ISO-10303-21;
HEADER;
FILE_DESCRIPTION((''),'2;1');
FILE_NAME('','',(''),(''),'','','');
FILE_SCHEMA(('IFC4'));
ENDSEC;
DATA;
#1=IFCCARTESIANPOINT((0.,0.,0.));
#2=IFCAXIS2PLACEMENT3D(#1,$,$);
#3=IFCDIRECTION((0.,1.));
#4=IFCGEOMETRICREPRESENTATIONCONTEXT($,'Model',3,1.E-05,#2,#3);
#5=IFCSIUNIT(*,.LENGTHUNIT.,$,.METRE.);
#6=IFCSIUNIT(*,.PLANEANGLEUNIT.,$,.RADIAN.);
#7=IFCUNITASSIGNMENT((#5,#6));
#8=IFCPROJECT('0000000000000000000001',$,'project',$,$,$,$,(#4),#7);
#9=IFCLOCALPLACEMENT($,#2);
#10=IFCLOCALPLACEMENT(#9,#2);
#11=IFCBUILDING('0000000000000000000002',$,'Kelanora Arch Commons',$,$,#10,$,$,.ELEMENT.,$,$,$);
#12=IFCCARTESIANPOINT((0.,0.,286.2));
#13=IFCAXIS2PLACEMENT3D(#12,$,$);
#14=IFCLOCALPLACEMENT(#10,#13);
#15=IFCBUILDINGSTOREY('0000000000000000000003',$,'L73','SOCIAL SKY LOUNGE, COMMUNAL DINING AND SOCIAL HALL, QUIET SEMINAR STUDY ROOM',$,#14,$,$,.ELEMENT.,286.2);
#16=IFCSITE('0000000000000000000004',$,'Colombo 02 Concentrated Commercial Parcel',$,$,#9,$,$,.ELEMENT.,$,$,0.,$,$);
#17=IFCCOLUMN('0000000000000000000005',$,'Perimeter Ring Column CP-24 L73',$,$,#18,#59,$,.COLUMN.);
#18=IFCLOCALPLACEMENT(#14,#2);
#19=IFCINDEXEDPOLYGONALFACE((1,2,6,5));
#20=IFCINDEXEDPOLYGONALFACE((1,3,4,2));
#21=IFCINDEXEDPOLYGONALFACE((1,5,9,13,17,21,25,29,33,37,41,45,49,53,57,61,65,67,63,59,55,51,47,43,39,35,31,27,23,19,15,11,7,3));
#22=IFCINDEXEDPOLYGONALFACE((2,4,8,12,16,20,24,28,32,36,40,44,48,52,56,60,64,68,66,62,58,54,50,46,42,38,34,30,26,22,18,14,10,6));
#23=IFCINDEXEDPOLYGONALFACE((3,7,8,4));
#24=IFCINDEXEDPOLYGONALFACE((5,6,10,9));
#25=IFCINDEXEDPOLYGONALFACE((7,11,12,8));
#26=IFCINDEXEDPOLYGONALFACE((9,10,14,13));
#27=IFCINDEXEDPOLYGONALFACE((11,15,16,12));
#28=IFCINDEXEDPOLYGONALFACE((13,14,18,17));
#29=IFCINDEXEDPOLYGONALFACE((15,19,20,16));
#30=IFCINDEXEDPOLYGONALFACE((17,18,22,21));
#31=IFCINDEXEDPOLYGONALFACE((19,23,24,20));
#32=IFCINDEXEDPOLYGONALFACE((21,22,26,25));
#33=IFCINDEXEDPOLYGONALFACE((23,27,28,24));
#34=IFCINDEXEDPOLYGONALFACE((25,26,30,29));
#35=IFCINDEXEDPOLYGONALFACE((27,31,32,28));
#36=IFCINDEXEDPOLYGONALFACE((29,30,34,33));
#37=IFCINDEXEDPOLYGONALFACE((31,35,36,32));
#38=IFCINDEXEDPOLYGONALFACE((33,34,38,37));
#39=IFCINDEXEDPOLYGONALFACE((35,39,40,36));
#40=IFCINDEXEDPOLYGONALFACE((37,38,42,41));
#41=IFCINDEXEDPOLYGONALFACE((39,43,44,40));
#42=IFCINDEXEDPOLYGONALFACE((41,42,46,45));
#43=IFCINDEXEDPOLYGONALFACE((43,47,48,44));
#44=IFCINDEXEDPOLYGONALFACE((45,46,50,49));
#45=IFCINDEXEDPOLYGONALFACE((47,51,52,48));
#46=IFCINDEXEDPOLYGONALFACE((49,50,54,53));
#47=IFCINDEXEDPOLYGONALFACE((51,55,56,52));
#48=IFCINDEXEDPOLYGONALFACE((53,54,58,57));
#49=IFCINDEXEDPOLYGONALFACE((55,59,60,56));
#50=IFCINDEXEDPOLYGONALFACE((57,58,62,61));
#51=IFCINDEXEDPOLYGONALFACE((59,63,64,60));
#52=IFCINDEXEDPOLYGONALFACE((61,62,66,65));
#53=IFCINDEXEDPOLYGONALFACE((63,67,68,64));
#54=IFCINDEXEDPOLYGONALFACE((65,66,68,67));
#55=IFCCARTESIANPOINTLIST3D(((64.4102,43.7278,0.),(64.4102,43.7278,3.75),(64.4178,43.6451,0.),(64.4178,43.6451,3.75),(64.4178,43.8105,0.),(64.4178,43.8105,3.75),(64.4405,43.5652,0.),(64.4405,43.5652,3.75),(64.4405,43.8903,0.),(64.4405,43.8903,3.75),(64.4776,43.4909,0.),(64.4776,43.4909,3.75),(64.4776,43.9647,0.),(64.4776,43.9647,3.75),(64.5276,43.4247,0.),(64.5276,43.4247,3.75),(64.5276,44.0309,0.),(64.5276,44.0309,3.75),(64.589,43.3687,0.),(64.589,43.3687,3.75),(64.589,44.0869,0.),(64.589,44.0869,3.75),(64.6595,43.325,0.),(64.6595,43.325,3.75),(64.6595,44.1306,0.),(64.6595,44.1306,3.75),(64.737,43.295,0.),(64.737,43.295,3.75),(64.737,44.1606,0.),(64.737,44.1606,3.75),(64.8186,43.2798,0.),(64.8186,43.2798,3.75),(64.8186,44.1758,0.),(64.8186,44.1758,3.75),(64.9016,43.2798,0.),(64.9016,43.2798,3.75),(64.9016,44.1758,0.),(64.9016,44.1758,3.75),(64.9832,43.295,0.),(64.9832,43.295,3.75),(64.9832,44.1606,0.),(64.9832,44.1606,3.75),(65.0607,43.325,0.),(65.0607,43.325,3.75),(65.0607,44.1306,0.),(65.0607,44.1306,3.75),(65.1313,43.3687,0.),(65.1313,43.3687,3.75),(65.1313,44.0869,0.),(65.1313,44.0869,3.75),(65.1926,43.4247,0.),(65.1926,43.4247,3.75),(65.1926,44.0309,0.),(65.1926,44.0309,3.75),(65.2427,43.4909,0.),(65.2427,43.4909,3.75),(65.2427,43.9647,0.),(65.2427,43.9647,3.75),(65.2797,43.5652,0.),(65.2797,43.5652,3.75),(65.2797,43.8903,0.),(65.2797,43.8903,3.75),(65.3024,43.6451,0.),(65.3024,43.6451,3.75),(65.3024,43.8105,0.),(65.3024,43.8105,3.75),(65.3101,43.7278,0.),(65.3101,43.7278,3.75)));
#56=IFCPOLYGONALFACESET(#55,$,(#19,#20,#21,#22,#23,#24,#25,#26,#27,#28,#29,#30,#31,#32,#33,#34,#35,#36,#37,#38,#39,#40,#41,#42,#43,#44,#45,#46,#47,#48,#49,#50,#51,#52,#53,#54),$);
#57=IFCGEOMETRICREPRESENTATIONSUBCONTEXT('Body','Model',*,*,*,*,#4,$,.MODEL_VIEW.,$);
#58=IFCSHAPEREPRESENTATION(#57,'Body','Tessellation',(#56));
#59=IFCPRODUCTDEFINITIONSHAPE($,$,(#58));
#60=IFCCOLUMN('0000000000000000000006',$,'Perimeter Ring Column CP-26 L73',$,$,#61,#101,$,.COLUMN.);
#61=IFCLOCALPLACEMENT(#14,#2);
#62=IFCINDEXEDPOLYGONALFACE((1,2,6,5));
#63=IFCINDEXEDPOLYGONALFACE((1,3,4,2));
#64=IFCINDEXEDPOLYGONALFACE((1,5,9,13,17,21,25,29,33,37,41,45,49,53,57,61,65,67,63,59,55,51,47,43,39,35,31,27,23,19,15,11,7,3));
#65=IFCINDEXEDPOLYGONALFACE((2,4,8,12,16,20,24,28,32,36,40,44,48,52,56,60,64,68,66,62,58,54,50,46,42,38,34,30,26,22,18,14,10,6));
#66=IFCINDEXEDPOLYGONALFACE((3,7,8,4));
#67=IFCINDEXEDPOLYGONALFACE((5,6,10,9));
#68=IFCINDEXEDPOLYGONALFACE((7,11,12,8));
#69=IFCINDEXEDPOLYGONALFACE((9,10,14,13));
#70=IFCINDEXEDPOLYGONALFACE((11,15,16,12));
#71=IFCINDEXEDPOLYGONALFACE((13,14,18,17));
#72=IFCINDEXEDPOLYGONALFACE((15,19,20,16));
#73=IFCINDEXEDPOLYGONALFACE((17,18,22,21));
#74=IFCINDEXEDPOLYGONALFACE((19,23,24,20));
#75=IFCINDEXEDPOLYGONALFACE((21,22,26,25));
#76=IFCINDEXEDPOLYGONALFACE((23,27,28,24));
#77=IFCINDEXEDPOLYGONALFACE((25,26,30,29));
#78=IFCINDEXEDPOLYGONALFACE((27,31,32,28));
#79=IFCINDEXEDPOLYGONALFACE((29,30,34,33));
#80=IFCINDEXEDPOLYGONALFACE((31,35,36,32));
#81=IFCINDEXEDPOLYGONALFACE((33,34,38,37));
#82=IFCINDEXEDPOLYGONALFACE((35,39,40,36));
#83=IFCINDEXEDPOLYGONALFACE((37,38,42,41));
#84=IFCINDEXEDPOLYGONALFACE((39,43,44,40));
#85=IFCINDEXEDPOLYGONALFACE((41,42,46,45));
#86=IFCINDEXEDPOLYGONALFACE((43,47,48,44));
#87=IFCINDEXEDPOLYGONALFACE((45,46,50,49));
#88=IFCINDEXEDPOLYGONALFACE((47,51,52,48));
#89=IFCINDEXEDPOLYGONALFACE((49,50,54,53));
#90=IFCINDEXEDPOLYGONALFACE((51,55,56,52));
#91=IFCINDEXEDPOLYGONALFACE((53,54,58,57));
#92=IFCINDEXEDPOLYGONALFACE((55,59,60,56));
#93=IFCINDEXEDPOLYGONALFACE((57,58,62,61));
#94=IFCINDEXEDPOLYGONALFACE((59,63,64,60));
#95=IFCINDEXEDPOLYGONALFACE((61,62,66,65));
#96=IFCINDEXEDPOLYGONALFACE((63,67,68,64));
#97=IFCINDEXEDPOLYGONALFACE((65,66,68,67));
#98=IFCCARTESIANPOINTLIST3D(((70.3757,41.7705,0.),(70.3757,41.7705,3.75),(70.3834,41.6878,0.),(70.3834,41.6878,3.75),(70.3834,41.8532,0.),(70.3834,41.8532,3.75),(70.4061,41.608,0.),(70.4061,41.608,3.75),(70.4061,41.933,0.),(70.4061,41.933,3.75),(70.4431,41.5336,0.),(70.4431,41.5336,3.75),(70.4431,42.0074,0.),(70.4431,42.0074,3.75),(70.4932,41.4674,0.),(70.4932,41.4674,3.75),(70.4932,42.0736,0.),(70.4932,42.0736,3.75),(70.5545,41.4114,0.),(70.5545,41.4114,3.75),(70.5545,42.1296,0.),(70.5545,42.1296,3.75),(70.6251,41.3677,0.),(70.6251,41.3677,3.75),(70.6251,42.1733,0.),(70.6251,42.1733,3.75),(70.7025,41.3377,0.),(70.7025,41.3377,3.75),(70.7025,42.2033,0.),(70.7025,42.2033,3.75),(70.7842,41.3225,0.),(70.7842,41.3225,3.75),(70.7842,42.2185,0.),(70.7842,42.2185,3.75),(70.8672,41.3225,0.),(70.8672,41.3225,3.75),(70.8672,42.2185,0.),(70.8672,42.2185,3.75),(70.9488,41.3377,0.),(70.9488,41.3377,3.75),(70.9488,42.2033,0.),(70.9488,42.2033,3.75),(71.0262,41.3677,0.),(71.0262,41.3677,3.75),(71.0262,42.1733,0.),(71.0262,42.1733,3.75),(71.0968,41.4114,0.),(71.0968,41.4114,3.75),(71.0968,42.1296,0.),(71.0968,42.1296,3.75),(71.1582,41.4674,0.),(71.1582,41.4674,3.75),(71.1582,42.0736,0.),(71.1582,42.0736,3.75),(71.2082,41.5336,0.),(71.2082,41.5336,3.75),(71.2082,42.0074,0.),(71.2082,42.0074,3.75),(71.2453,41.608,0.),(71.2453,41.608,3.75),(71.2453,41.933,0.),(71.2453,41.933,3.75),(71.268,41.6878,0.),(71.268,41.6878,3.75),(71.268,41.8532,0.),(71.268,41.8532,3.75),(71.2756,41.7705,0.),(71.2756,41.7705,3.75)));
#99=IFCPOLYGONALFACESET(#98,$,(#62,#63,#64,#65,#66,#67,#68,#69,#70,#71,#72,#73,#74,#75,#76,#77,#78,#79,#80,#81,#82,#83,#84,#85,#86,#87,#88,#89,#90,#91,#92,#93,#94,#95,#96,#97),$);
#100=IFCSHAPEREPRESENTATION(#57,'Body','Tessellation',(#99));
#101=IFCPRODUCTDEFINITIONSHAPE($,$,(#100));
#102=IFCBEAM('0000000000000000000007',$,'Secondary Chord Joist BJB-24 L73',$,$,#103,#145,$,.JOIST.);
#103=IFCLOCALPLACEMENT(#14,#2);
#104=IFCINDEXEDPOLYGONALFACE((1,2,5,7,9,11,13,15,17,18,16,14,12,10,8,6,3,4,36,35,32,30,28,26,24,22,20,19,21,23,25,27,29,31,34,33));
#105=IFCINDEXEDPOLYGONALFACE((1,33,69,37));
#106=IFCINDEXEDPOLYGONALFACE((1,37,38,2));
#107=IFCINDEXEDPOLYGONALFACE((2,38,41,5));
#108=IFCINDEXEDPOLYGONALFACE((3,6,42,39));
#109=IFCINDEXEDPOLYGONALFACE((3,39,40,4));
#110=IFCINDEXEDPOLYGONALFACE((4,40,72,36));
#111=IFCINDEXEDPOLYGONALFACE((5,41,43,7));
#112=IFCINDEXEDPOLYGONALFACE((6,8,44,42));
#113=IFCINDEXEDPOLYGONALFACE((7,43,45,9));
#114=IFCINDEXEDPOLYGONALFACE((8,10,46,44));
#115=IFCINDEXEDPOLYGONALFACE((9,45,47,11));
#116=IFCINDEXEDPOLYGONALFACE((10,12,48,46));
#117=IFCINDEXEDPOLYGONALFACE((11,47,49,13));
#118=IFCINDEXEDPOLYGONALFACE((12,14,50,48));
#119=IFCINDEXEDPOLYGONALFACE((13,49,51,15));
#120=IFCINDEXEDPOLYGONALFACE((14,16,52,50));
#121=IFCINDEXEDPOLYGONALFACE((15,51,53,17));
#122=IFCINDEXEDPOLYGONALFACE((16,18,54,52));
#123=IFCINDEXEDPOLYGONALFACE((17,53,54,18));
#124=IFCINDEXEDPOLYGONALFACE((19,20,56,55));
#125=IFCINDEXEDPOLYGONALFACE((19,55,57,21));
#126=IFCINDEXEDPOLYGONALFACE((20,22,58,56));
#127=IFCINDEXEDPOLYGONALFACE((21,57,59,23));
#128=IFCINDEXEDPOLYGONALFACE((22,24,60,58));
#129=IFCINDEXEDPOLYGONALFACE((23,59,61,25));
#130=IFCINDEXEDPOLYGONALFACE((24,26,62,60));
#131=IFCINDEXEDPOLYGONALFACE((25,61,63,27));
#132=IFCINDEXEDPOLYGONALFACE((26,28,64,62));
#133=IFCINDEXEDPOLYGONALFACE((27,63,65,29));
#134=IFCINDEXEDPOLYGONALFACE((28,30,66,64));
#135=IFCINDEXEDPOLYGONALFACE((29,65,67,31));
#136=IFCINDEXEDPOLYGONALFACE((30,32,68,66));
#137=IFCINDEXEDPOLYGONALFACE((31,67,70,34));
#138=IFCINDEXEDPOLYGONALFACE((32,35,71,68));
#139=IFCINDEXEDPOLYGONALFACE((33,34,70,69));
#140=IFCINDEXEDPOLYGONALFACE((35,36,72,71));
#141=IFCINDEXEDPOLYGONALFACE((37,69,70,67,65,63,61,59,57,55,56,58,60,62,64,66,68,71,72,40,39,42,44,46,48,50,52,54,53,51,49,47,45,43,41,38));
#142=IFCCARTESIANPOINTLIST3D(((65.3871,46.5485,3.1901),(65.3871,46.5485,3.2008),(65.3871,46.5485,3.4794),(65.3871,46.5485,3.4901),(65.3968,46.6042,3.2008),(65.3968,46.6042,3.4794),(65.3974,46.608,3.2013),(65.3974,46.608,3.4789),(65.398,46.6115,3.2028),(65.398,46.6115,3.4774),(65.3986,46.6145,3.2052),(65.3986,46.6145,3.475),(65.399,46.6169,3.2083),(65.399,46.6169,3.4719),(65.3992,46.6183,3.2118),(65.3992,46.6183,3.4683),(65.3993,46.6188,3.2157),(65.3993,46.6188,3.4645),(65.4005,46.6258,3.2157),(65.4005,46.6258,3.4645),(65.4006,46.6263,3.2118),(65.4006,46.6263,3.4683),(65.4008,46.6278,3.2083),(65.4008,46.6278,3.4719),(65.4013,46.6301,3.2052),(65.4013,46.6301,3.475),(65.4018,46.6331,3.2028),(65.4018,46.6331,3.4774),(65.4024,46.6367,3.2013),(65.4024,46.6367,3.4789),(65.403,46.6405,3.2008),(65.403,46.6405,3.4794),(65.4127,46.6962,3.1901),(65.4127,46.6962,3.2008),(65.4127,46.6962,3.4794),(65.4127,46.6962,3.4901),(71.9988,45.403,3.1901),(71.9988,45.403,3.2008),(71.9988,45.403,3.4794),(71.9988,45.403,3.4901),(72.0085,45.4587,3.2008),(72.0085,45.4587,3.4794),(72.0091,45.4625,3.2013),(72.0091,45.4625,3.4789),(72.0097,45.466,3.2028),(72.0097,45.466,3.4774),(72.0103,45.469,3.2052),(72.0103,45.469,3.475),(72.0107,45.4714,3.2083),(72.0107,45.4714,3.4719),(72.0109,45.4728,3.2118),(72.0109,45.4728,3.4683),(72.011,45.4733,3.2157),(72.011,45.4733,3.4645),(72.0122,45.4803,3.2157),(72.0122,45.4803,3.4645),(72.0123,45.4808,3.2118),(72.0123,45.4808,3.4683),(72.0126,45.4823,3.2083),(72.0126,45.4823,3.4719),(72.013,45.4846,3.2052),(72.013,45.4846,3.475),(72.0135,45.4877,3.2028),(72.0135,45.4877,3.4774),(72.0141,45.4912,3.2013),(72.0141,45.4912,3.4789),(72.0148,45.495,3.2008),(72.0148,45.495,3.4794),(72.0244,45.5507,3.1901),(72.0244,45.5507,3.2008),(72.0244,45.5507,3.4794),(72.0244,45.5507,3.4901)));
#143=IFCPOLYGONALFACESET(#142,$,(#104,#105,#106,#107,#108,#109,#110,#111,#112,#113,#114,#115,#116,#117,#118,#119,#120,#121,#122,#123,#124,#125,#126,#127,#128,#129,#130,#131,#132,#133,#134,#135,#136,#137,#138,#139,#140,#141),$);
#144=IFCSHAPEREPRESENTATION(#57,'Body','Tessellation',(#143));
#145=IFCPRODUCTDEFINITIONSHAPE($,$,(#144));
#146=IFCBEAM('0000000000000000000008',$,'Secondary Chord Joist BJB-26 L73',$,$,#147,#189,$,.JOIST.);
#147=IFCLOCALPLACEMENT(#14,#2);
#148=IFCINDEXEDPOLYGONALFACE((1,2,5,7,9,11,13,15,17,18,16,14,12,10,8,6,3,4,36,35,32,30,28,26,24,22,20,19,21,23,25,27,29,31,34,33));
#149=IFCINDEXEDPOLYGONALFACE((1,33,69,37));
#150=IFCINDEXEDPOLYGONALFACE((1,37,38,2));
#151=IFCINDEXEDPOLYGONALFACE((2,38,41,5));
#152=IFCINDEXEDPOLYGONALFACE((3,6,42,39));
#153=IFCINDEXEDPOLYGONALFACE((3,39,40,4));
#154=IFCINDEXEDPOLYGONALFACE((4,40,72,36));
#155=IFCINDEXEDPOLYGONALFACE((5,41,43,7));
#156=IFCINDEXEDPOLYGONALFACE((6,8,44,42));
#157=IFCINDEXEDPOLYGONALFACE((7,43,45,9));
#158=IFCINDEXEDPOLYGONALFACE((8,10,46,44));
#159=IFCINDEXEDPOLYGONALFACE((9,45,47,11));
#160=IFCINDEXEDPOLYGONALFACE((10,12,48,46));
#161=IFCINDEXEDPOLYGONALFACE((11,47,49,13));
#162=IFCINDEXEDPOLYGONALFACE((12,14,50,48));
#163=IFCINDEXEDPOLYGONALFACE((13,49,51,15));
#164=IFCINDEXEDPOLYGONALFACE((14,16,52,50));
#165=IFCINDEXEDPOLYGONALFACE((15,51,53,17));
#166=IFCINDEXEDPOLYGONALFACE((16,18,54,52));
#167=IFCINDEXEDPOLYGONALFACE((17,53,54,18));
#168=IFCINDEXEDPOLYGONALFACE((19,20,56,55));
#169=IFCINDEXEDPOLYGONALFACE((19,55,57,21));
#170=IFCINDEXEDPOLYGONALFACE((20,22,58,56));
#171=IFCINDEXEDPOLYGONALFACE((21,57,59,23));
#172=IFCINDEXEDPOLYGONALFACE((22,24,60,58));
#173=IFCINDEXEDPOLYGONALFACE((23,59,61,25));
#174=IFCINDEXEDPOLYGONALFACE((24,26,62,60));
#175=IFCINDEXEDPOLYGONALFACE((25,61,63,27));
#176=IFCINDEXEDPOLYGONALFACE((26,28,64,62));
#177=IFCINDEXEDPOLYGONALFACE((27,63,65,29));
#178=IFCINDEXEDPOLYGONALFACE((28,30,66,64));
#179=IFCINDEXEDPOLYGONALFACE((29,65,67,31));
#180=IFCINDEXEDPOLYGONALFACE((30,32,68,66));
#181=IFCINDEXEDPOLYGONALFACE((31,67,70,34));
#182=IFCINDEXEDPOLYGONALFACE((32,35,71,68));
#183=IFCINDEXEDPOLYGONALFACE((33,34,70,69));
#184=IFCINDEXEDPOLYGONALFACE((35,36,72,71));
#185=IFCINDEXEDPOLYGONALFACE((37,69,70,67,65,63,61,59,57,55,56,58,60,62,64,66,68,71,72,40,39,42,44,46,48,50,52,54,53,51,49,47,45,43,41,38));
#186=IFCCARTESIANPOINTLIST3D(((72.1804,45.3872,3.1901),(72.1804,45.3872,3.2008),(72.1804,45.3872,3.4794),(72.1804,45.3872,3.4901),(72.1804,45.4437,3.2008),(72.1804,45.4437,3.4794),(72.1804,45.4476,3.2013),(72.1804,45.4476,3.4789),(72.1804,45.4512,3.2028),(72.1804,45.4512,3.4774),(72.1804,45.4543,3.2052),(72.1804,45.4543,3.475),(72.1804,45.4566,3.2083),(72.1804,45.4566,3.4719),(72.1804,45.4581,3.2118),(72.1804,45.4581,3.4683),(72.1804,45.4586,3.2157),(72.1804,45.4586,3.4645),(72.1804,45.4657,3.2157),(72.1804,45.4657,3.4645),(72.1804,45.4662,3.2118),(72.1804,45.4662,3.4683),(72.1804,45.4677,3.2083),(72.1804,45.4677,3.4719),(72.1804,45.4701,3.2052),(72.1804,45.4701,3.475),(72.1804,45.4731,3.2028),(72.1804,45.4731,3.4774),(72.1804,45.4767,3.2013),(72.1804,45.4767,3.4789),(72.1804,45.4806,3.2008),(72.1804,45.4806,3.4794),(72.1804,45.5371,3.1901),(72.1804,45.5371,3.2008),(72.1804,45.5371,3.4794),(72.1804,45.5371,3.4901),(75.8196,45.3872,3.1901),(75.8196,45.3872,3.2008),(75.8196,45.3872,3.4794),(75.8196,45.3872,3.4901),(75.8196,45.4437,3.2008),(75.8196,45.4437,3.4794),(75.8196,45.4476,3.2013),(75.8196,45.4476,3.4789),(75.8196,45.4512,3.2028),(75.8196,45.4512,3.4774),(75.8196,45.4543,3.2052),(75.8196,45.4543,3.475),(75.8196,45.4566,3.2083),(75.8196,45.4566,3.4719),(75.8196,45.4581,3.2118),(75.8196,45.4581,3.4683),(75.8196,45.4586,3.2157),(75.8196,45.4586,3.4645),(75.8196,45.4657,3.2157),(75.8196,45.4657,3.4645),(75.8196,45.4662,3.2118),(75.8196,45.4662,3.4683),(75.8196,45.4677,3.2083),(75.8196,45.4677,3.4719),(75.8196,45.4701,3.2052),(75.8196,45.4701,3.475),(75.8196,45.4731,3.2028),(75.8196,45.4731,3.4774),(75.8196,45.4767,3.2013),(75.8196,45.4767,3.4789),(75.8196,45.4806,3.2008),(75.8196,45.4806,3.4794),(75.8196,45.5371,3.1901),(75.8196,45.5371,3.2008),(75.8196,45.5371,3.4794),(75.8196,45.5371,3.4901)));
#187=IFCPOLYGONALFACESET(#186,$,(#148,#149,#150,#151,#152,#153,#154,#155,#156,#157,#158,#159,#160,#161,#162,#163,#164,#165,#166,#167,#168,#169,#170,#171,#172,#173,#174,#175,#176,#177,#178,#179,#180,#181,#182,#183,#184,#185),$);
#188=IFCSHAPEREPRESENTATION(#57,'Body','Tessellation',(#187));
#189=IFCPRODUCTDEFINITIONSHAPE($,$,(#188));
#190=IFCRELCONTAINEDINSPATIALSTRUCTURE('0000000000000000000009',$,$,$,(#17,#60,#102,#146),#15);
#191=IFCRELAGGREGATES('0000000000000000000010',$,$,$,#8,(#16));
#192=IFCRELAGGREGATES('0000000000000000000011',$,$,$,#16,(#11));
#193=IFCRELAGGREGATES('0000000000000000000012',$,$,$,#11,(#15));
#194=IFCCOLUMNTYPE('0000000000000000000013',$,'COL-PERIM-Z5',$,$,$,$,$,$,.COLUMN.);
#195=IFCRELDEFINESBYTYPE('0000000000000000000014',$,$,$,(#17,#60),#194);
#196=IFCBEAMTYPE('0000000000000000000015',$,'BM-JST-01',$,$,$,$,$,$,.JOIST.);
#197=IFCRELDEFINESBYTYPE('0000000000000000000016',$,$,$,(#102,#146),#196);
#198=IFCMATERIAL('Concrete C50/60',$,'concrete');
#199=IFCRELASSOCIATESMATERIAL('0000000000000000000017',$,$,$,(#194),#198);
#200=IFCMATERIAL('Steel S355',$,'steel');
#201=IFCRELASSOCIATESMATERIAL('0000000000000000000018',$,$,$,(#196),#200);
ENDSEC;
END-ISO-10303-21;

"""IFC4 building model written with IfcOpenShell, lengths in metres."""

from ifc_helpers import new_model, si_unit, direction, frame, origin, origin_2d, place, context, subcontext, project, spatial, circle, i_section, extrude, material, material_profile, profile_set, type_object, element, save


model = new_model("IFC4")

# Units and contexts
model_context = context("Model", 3, precision=1e-05, world=origin(), true_north=direction((0.0, 1.0)))
body_context = subcontext(model_context, "Body", "Model", "MODEL_VIEW")
ifc_project = project(units=[si_unit("LENGTHUNIT", "METRE"), si_unit("PLANEANGLEUNIT", "RADIAN")], contexts=[model_context])

# Site, building, storey
site_placement = place(None, origin())
site = spatial("IfcSite", under=ifc_project, at=site_placement, Name="Colombo 02 Concentrated Commercial Parcel", CompositionType="ELEMENT", RefElevation=0.0)
building_placement = place(site_placement, origin())
building = spatial("IfcBuilding", under=site, at=building_placement, Name="Kelanora Arch Commons", CompositionType="ELEMENT")
storey_placement = place(building_placement, frame((0.0, 0.0, 286.2)))
storey = spatial("IfcBuildingStorey", under=building, at=storey_placement, Name="L73", Description="SOCIAL SKY LOUNGE, COMMUNAL DINING AND SOCIAL HALL, QUIET SEMINAR STUDY ROOM", CompositionType="ELEMENT", Elevation=286.2)

# Columns
ifc_material_1 = material(Name="Concrete C50/60", Category="concrete")
ifc_material_profile_1 = material_profile(ifc_material_1, circle(Radius=0.45, at=origin_2d()), Name="RCC900")
ifc_profile_set_1 = profile_set([ifc_material_profile_1], Name="Concrete C50/60")
column_type = type_object("IfcColumnType", Name="COL-PERIM-Z5", PredefinedType="COLUMN", material=ifc_profile_set_1)
for number, where, z_axis, x_axis, name in (
    (1, (64.8601, 43.7278, 0.0), (0.0, 0.0, 1.0), (1.0, 0.0, 0.0), "Perimeter Ring Column CP-24 L73"),
    (2, (70.8257, 41.7705, 0.0), (0.0, 0.0, 1.0), (1.0, 0.0, 0.0), "Perimeter Ring Column CP-26 L73"),
):
    element("IfcColumn", number, at=place(storey_placement, frame(where, z_axis=z_axis, x_axis=x_axis)), inside=storey, type_object=column_type, Name=name, PredefinedType="COLUMN", context=body_context, shape_type="SweptSolid", body=[
        extrude(circle(Radius=0.45, at=origin_2d()), origin(), (0.0, 0.0, 1.0), 3.75),
    ])

# Beams
ifc_material_2 = material(Name="Steel S355", Category="steel")
ifc_material_profile_2 = material_profile(ifc_material_2, i_section(OverallWidth=0.1499, OverallDepth=0.3, WebThickness=0.0071, FlangeThickness=0.0107, FilletRadius=0.0149, at=origin_2d()), Name="IPE300")
ifc_profile_set_2 = profile_set([ifc_material_profile_2], Name="Steel S355")
beam_type_1 = type_object("IfcBeamType", Name="BM-JST-01", PredefinedType="JOIST", material=ifc_profile_set_2)
beam_1_placement = place(storey_placement, frame((65.3999, 46.6223, 3.3401), z_axis=(0.985322, -0.170709, 0.0), x_axis=(0.170709, 0.985322, 0.0)))
element("IfcBeam", 3, at=beam_1_placement, inside=storey, type_object=beam_type_1, Name="Secondary Chord Joist BJB-24 L73", PredefinedType="JOIST", context=body_context, shape_type="SweptSolid", body=[
    extrude(i_section(OverallWidth=0.1499, OverallDepth=0.3, WebThickness=0.0071, FlangeThickness=0.0107, FilletRadius=0.0149, at=origin_2d()), origin(), (0.0, 0.0, 1.0), 6.7102),
])
beam_2_placement = place(storey_placement, frame((72.1804, 45.4622, 3.3401), z_axis=(1.0, 0.0, 0.0), x_axis=(0.0, 1.0, 0.0)))
element("IfcBeam", 4, at=beam_2_placement, inside=storey, type_object=beam_type_1, Name="Secondary Chord Joist BJB-26 L73", PredefinedType="JOIST", context=body_context, shape_type="SweptSolid", body=[
    extrude(i_section(OverallWidth=0.1499, OverallDepth=0.3, WebThickness=0.0071, FlangeThickness=0.0107, FilletRadius=0.0149, at=origin_2d()), origin(), (0.0, 0.0, 1.0), 3.6392),
])

save(model, "model.ifc")
